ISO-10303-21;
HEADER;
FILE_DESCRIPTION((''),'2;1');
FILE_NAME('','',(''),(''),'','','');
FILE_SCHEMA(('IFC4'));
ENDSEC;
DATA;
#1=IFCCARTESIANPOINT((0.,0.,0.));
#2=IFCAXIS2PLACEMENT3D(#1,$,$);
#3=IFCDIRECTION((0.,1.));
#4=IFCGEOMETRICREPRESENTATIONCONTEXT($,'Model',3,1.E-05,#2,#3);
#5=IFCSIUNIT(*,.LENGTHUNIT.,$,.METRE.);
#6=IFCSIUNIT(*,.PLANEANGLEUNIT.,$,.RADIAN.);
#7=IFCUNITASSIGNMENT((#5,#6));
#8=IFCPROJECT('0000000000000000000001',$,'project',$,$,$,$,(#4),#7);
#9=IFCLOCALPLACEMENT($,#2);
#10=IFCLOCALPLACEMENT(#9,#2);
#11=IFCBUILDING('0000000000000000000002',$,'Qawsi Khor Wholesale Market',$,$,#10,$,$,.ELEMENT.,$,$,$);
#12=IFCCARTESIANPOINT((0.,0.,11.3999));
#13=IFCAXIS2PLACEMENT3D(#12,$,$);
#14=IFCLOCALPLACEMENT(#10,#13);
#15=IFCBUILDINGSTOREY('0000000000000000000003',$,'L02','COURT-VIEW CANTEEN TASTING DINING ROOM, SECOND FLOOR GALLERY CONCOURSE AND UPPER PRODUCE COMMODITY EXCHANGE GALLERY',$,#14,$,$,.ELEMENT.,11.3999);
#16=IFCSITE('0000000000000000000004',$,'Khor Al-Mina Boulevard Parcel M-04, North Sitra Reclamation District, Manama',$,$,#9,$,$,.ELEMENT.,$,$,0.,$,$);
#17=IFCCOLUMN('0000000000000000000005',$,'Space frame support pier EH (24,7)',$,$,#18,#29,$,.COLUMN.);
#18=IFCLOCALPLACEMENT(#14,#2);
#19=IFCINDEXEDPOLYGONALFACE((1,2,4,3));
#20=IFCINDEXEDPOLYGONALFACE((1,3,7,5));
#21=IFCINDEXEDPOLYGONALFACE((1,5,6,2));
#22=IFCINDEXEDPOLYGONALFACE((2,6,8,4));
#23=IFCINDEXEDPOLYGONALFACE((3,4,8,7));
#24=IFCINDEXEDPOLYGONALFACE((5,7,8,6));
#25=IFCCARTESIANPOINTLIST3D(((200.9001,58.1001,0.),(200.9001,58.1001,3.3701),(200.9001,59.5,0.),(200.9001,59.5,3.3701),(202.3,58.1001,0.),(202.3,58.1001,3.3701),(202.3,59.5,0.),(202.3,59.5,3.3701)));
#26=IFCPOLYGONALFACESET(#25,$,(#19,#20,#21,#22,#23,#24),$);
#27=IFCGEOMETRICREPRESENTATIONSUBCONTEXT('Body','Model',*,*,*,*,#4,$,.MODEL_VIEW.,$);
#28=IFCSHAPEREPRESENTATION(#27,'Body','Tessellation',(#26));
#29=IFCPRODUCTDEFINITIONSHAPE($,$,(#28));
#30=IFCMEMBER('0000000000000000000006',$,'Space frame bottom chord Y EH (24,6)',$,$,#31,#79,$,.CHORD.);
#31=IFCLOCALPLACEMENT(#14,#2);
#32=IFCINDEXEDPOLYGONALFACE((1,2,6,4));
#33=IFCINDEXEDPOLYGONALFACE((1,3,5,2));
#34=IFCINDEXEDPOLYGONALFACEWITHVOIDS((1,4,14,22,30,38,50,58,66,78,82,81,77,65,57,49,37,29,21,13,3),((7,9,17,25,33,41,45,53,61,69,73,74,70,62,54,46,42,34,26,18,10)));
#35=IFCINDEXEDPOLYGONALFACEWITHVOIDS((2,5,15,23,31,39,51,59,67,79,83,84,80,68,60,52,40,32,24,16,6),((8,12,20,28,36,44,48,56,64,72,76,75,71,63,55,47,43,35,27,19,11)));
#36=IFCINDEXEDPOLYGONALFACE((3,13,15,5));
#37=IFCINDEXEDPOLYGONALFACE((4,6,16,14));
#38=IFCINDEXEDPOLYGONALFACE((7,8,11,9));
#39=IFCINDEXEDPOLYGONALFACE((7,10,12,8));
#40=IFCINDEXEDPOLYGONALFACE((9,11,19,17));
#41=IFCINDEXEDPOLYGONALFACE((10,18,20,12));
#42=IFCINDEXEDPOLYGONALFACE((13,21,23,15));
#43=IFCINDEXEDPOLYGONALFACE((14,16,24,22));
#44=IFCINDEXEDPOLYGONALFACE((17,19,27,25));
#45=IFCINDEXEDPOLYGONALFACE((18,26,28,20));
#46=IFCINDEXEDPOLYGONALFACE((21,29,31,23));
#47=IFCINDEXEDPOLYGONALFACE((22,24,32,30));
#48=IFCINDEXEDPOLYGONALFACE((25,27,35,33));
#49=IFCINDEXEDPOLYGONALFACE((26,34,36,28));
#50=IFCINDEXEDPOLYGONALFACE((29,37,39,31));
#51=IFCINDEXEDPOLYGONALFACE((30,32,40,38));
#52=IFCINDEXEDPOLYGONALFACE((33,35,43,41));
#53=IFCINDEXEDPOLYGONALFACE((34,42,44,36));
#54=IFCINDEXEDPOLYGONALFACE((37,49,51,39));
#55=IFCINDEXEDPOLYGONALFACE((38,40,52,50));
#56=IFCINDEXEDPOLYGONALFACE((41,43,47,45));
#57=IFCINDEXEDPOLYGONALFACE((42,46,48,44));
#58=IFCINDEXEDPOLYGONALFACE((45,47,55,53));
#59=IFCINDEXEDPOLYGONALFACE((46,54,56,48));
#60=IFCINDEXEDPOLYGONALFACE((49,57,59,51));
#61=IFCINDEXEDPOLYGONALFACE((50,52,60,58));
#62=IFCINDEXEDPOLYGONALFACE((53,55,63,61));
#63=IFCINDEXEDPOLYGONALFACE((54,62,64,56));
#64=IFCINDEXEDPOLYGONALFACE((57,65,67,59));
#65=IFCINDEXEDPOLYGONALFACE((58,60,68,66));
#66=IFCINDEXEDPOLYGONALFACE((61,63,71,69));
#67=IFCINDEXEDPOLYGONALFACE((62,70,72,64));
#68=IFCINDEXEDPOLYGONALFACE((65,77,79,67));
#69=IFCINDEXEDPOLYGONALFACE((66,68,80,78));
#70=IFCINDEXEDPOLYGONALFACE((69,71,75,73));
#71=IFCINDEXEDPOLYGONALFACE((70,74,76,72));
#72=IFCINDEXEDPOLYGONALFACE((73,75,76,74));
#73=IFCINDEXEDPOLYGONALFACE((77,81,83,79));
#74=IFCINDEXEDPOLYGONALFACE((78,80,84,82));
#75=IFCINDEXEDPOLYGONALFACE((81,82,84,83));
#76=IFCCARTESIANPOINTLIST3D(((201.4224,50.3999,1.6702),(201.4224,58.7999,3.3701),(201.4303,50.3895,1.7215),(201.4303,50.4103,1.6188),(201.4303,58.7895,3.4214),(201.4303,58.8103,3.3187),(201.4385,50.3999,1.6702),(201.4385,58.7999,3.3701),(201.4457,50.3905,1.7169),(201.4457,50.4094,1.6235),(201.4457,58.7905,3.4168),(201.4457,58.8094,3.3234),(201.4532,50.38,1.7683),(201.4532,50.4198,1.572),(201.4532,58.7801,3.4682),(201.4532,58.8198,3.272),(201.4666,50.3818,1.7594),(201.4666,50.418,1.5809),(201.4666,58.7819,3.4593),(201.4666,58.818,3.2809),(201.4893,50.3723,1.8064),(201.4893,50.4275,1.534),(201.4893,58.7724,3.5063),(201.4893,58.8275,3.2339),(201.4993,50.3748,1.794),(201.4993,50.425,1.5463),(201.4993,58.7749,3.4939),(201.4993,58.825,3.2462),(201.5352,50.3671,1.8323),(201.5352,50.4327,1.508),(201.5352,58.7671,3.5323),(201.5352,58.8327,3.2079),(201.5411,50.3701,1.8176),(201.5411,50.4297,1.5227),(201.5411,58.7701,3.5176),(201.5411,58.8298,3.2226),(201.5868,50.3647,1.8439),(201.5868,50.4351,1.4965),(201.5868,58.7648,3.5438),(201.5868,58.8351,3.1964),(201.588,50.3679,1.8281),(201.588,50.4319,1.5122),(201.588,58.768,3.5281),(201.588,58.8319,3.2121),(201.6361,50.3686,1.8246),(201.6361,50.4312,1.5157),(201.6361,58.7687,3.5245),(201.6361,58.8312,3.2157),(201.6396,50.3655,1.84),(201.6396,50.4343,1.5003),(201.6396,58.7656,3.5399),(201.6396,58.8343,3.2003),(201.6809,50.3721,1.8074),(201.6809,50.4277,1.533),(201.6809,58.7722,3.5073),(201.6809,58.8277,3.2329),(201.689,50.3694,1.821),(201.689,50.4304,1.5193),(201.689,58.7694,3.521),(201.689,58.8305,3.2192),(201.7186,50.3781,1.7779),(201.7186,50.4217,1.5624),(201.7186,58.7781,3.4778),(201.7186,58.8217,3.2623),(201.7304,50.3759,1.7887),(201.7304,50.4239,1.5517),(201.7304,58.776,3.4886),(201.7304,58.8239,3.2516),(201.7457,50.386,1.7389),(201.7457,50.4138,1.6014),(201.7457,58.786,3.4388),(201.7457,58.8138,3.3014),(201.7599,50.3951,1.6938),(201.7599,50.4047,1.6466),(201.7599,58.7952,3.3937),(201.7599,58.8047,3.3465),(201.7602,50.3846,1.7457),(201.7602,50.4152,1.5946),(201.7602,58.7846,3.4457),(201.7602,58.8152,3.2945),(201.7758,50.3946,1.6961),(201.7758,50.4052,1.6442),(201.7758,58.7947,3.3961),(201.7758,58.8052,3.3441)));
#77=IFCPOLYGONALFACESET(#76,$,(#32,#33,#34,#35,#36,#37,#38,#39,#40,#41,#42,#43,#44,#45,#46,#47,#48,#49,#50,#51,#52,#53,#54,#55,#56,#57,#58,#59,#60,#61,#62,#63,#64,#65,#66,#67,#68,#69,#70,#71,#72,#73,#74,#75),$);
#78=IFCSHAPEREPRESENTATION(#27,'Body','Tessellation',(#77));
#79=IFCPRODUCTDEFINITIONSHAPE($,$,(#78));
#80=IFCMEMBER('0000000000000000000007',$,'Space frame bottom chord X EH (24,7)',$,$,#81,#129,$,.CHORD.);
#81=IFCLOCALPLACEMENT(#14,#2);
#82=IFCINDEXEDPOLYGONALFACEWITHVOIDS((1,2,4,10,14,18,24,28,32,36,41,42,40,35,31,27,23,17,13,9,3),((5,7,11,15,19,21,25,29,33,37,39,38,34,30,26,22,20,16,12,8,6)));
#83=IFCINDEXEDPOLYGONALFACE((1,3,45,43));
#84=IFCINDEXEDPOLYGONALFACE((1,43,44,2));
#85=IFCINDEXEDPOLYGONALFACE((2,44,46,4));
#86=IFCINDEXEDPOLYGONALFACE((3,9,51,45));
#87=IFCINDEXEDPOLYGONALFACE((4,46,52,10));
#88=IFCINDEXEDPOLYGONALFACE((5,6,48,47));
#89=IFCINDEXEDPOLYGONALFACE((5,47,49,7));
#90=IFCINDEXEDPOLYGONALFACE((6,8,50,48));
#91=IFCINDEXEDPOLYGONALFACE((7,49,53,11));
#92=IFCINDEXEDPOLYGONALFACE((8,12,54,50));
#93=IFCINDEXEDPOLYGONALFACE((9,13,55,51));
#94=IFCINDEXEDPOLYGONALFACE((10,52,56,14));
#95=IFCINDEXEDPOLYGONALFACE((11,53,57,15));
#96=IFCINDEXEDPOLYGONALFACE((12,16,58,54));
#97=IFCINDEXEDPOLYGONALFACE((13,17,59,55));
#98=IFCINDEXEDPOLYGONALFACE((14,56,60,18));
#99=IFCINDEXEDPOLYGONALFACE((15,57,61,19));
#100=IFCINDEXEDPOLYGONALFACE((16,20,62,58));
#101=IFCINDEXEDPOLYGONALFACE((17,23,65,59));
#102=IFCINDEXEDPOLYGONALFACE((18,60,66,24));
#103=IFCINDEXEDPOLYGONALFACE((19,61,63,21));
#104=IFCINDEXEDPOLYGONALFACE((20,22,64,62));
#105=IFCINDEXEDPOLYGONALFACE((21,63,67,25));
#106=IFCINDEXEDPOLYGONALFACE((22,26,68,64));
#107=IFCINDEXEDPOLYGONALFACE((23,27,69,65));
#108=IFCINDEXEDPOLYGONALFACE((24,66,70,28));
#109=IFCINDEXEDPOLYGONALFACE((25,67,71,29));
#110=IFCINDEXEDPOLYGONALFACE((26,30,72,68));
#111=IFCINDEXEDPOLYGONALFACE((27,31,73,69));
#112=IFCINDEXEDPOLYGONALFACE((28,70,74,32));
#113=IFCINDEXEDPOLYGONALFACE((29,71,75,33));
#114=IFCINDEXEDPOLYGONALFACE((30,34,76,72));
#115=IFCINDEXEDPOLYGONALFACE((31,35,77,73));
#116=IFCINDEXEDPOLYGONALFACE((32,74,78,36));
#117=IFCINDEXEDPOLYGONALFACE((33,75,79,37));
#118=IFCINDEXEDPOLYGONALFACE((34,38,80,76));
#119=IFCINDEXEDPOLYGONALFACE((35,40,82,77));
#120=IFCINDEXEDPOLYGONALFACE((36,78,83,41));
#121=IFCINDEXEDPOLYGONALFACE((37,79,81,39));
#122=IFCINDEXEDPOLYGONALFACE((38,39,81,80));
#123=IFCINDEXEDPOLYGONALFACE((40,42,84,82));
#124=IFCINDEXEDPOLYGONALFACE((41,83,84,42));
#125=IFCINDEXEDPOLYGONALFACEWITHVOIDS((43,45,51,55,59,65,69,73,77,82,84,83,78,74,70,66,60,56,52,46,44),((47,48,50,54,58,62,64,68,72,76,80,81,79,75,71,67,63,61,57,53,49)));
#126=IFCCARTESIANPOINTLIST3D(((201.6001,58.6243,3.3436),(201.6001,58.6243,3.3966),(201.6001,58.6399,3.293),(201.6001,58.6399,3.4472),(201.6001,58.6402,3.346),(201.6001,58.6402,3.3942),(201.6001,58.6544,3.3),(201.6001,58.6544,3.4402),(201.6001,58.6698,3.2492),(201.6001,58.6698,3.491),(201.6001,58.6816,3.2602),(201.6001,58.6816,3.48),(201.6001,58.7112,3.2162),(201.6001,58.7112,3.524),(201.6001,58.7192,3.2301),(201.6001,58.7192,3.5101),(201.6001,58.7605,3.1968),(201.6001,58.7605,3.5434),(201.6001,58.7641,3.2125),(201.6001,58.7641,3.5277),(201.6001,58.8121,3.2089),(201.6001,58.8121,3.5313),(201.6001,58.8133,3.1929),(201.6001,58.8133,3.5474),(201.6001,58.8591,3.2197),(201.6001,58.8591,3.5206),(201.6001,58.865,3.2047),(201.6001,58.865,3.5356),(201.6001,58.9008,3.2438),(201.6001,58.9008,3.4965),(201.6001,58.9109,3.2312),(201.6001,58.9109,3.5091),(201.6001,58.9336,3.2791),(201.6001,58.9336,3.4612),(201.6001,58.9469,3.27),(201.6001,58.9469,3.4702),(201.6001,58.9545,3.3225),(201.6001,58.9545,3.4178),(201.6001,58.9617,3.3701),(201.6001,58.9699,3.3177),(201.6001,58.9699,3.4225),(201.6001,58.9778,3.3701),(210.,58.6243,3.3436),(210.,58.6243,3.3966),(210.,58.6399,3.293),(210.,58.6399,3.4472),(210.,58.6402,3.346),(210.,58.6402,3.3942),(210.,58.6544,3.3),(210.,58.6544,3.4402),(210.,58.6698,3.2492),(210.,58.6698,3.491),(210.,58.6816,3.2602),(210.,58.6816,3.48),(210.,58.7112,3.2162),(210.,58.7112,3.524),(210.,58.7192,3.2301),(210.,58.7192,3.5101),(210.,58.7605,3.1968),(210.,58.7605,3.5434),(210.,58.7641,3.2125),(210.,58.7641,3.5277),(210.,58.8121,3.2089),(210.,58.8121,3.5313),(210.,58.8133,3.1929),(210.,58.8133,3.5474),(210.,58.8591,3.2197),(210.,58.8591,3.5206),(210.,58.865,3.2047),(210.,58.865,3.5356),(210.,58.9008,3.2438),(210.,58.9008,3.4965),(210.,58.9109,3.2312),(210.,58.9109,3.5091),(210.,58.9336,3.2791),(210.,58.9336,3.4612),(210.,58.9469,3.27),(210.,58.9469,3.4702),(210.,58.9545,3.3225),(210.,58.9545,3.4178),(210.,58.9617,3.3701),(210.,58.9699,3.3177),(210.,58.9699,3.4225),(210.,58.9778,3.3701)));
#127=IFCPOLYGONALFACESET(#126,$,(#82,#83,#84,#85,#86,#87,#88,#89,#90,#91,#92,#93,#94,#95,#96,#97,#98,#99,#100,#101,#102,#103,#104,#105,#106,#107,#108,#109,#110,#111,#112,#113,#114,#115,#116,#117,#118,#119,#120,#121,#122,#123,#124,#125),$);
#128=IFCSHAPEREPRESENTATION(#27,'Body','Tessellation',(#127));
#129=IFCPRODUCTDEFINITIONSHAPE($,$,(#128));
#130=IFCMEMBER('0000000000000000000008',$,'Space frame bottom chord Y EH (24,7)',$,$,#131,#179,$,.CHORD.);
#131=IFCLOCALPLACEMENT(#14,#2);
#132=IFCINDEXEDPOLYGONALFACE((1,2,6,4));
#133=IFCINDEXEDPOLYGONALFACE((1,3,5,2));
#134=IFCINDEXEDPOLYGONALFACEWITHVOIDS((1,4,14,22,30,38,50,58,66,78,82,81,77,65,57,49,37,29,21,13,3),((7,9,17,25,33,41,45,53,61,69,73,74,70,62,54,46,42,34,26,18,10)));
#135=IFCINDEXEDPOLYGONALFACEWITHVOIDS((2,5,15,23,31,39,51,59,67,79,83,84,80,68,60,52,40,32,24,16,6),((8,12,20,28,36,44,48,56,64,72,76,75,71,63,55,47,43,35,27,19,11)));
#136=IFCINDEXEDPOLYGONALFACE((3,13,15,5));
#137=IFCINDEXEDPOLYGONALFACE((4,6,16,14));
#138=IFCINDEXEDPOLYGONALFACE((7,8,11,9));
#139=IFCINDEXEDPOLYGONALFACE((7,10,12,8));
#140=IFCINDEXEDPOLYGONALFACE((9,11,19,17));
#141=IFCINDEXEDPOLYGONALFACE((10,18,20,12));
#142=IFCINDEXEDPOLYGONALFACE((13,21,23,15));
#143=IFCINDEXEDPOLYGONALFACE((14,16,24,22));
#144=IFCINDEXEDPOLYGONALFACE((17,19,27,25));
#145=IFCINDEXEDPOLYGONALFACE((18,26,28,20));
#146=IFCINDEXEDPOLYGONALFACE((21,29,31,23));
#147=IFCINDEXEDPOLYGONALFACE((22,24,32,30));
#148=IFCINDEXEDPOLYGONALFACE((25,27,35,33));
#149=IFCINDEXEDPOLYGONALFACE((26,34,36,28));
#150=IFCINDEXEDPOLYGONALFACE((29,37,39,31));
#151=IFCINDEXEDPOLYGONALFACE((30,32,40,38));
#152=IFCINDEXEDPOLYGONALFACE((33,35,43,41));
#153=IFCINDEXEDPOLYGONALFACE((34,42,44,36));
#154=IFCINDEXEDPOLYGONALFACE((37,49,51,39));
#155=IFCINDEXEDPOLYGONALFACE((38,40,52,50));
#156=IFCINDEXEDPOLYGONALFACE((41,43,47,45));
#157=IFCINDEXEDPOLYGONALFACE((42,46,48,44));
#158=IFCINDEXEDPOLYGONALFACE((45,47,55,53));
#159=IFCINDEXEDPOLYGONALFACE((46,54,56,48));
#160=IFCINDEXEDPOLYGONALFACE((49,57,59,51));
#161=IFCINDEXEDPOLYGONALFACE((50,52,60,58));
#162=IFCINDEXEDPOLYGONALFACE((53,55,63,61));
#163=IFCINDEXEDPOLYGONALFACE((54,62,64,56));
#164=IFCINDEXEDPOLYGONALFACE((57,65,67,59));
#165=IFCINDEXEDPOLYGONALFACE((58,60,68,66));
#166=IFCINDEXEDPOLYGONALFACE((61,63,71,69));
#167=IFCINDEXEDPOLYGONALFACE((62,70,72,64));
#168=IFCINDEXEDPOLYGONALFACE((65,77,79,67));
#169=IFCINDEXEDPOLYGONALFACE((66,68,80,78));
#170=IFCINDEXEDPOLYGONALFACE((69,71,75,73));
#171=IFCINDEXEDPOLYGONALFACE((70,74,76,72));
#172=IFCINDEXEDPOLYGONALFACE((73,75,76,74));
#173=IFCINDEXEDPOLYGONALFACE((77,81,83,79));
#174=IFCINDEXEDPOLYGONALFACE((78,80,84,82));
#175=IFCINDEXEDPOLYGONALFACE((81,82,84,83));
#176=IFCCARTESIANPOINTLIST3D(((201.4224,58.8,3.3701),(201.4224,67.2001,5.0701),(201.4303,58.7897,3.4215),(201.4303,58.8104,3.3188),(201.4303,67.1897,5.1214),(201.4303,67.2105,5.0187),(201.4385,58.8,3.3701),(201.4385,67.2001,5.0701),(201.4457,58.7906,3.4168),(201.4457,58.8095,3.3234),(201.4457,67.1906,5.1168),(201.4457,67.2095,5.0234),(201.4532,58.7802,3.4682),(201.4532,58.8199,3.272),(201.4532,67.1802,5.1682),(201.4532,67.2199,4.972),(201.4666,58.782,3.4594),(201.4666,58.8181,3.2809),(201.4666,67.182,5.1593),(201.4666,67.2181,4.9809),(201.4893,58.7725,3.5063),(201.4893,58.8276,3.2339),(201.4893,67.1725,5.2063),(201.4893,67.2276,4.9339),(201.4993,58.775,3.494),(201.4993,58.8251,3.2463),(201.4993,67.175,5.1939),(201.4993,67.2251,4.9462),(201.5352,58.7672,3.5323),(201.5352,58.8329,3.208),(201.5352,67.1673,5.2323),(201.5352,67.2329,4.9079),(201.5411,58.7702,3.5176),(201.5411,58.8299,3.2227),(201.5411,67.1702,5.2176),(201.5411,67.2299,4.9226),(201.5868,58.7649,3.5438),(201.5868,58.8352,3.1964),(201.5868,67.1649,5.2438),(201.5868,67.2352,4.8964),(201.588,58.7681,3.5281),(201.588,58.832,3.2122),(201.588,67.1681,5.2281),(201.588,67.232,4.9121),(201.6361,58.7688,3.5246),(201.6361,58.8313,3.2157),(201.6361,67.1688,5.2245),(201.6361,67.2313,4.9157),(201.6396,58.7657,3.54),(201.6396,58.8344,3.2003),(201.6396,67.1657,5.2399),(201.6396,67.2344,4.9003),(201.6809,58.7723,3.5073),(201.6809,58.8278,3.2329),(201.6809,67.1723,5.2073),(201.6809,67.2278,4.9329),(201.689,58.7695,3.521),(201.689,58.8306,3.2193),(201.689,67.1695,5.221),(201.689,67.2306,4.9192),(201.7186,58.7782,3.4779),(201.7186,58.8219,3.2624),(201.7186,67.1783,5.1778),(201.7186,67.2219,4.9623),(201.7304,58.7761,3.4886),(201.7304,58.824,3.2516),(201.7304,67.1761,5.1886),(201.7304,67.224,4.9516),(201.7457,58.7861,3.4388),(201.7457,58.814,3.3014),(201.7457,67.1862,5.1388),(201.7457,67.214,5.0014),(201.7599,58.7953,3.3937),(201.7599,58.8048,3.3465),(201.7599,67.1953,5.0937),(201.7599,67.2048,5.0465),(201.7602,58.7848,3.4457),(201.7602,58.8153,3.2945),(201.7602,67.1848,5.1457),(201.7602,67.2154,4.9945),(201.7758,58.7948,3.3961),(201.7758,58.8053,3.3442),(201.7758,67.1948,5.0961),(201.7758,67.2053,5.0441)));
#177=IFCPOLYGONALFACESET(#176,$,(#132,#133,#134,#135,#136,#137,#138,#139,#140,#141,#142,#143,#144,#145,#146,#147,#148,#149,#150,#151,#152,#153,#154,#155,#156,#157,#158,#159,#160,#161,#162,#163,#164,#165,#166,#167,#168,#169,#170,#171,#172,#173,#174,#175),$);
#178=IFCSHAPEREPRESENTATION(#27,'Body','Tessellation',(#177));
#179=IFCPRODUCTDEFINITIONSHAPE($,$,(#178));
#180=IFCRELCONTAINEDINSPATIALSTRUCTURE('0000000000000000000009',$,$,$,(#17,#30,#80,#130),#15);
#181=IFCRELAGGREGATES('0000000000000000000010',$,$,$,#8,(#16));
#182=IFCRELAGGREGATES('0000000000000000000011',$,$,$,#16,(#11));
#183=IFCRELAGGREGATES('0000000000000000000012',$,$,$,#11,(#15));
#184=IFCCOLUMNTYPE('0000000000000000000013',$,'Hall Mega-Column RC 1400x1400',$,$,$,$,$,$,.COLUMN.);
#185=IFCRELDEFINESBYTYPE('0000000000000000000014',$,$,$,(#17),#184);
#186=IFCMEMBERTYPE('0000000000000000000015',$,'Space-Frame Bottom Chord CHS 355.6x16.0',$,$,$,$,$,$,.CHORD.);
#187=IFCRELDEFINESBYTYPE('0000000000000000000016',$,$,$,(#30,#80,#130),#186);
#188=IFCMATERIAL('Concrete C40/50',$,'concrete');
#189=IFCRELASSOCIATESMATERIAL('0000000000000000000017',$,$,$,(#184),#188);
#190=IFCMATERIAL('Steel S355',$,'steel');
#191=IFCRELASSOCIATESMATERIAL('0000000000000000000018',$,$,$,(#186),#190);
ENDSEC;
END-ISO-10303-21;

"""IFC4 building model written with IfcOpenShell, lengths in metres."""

from ifc_helpers import new_model, si_unit, direction, frame, origin, origin_2d, place, context, subcontext, project, spatial, rectangle, hollow_circle, extrude, material, material_profile, profile_set, type_object, element, save


model = new_model("IFC4")

# Units and contexts
model_context = context("Model", 3, precision=1e-05, world=origin(), true_north=direction((0.0, 1.0)))
body_context = subcontext(model_context, "Body", "Model", "MODEL_VIEW")
ifc_project = project(units=[si_unit("LENGTHUNIT", "METRE"), si_unit("PLANEANGLEUNIT", "RADIAN")], contexts=[model_context])

# Site, building, storey
site_placement = place(None, origin())
site = spatial("IfcSite", under=ifc_project, at=site_placement, Name="Khor Al-Mina Boulevard Parcel M-04, North Sitra Reclamation District, Manama", CompositionType="ELEMENT", RefElevation=0.0)
building_placement = place(site_placement, origin())
building = spatial("IfcBuilding", under=site, at=building_placement, Name="Qawsi Khor Wholesale Market", CompositionType="ELEMENT")
storey_placement = place(building_placement, frame((0.0, 0.0, 11.3999)))
storey = spatial("IfcBuildingStorey", under=building, at=storey_placement, Name="L02", Description="COURT-VIEW CANTEEN TASTING DINING ROOM, SECOND FLOOR GALLERY CONCOURSE AND UPPER PRODUCE COMMODITY EXCHANGE GALLERY", CompositionType="ELEMENT", Elevation=11.3999)

# Column
ifc_material_1 = material(Name="Concrete C40/50", Category="concrete")
ifc_material_profile_1 = material_profile(ifc_material_1, rectangle(XDim=1.3999, YDim=1.3999, at=origin_2d()), Name="RC 1400x1400")
ifc_profile_set_1 = profile_set([ifc_material_profile_1], Name="Concrete C40/50")
column_type = type_object("IfcColumnType", Name="Hall Mega-Column RC 1400x1400", PredefinedType="COLUMN", material=ifc_profile_set_1)
column_placement = place(storey_placement, frame((201.6001, 58.8, 0.0), z_axis=(0.0, 0.0, 1.0), x_axis=(1.0, 0.0, 0.0)))
element("IfcColumn", 1, at=column_placement, inside=storey, type_object=column_type, Name="Space frame support pier EH (24,7)", PredefinedType="COLUMN", context=body_context, shape_type="SweptSolid", body=[
    extrude(rectangle(XDim=1.3999, YDim=1.3999, at=origin_2d()), origin(), (0.0, 0.0, 1.0), 3.3701),
])

# Members
ifc_material_2 = material(Name="Steel S355", Category="steel")
ifc_material_profile_2 = material_profile(ifc_material_2, hollow_circle(Radius=0.1777, WallThickness=0.0161, at=origin_2d()), Name="CHS 355.6x16.0")
ifc_profile_set_2 = profile_set([ifc_material_profile_2], Name="Steel S355")
member_type_1 = type_object("IfcMemberType", Name="Space-Frame Bottom Chord CHS 355.6x16.0", PredefinedType="CHORD", material=ifc_profile_set_2)
member_1_placement = place(storey_placement, frame((201.6001, 50.3999, 1.6702), z_axis=(0.0, 0.980131, 0.198351), x_axis=(-1.0, 0.0, 0.0)))
element("IfcMember", 2, at=member_1_placement, inside=storey, type_object=member_type_1, Name="Space frame bottom chord Y EH (24,6)", PredefinedType="CHORD", context=body_context, shape_type="SweptSolid", body=[
    extrude(hollow_circle(Radius=0.1777, WallThickness=0.0161, at=origin_2d()), origin(), (0.0, 0.0, 1.0), 8.5703),
])
member_2_placement = place(storey_placement, frame((201.6001, 58.8, 3.3701), z_axis=(1.0, 0.0, 0.0), x_axis=(0.0, 1.0, 0.0)))
element("IfcMember", 3, at=member_2_placement, inside=storey, type_object=member_type_1, Name="Space frame bottom chord X EH (24,7)", PredefinedType="CHORD", context=body_context, shape_type="SweptSolid", body=[
    extrude(hollow_circle(Radius=0.1777, WallThickness=0.0161, at=origin_2d()), origin(), (0.0, 0.0, 1.0), 8.3999),
])
member_3_placement = place(storey_placement, frame((201.6001, 58.8, 3.3701), z_axis=(0.0, 0.98013, 0.198356), x_axis=(-1.0, 0.0, 0.0)))
element("IfcMember", 4, at=member_3_placement, inside=storey, type_object=member_type_1, Name="Space frame bottom chord Y EH (24,7)", PredefinedType="CHORD", context=body_context, shape_type="SweptSolid", body=[
    extrude(hollow_circle(Radius=0.1777, WallThickness=0.0161, at=origin_2d()), origin(), (0.0, 0.0, 1.0), 8.5703),
])

save(model, "model.ifc")
